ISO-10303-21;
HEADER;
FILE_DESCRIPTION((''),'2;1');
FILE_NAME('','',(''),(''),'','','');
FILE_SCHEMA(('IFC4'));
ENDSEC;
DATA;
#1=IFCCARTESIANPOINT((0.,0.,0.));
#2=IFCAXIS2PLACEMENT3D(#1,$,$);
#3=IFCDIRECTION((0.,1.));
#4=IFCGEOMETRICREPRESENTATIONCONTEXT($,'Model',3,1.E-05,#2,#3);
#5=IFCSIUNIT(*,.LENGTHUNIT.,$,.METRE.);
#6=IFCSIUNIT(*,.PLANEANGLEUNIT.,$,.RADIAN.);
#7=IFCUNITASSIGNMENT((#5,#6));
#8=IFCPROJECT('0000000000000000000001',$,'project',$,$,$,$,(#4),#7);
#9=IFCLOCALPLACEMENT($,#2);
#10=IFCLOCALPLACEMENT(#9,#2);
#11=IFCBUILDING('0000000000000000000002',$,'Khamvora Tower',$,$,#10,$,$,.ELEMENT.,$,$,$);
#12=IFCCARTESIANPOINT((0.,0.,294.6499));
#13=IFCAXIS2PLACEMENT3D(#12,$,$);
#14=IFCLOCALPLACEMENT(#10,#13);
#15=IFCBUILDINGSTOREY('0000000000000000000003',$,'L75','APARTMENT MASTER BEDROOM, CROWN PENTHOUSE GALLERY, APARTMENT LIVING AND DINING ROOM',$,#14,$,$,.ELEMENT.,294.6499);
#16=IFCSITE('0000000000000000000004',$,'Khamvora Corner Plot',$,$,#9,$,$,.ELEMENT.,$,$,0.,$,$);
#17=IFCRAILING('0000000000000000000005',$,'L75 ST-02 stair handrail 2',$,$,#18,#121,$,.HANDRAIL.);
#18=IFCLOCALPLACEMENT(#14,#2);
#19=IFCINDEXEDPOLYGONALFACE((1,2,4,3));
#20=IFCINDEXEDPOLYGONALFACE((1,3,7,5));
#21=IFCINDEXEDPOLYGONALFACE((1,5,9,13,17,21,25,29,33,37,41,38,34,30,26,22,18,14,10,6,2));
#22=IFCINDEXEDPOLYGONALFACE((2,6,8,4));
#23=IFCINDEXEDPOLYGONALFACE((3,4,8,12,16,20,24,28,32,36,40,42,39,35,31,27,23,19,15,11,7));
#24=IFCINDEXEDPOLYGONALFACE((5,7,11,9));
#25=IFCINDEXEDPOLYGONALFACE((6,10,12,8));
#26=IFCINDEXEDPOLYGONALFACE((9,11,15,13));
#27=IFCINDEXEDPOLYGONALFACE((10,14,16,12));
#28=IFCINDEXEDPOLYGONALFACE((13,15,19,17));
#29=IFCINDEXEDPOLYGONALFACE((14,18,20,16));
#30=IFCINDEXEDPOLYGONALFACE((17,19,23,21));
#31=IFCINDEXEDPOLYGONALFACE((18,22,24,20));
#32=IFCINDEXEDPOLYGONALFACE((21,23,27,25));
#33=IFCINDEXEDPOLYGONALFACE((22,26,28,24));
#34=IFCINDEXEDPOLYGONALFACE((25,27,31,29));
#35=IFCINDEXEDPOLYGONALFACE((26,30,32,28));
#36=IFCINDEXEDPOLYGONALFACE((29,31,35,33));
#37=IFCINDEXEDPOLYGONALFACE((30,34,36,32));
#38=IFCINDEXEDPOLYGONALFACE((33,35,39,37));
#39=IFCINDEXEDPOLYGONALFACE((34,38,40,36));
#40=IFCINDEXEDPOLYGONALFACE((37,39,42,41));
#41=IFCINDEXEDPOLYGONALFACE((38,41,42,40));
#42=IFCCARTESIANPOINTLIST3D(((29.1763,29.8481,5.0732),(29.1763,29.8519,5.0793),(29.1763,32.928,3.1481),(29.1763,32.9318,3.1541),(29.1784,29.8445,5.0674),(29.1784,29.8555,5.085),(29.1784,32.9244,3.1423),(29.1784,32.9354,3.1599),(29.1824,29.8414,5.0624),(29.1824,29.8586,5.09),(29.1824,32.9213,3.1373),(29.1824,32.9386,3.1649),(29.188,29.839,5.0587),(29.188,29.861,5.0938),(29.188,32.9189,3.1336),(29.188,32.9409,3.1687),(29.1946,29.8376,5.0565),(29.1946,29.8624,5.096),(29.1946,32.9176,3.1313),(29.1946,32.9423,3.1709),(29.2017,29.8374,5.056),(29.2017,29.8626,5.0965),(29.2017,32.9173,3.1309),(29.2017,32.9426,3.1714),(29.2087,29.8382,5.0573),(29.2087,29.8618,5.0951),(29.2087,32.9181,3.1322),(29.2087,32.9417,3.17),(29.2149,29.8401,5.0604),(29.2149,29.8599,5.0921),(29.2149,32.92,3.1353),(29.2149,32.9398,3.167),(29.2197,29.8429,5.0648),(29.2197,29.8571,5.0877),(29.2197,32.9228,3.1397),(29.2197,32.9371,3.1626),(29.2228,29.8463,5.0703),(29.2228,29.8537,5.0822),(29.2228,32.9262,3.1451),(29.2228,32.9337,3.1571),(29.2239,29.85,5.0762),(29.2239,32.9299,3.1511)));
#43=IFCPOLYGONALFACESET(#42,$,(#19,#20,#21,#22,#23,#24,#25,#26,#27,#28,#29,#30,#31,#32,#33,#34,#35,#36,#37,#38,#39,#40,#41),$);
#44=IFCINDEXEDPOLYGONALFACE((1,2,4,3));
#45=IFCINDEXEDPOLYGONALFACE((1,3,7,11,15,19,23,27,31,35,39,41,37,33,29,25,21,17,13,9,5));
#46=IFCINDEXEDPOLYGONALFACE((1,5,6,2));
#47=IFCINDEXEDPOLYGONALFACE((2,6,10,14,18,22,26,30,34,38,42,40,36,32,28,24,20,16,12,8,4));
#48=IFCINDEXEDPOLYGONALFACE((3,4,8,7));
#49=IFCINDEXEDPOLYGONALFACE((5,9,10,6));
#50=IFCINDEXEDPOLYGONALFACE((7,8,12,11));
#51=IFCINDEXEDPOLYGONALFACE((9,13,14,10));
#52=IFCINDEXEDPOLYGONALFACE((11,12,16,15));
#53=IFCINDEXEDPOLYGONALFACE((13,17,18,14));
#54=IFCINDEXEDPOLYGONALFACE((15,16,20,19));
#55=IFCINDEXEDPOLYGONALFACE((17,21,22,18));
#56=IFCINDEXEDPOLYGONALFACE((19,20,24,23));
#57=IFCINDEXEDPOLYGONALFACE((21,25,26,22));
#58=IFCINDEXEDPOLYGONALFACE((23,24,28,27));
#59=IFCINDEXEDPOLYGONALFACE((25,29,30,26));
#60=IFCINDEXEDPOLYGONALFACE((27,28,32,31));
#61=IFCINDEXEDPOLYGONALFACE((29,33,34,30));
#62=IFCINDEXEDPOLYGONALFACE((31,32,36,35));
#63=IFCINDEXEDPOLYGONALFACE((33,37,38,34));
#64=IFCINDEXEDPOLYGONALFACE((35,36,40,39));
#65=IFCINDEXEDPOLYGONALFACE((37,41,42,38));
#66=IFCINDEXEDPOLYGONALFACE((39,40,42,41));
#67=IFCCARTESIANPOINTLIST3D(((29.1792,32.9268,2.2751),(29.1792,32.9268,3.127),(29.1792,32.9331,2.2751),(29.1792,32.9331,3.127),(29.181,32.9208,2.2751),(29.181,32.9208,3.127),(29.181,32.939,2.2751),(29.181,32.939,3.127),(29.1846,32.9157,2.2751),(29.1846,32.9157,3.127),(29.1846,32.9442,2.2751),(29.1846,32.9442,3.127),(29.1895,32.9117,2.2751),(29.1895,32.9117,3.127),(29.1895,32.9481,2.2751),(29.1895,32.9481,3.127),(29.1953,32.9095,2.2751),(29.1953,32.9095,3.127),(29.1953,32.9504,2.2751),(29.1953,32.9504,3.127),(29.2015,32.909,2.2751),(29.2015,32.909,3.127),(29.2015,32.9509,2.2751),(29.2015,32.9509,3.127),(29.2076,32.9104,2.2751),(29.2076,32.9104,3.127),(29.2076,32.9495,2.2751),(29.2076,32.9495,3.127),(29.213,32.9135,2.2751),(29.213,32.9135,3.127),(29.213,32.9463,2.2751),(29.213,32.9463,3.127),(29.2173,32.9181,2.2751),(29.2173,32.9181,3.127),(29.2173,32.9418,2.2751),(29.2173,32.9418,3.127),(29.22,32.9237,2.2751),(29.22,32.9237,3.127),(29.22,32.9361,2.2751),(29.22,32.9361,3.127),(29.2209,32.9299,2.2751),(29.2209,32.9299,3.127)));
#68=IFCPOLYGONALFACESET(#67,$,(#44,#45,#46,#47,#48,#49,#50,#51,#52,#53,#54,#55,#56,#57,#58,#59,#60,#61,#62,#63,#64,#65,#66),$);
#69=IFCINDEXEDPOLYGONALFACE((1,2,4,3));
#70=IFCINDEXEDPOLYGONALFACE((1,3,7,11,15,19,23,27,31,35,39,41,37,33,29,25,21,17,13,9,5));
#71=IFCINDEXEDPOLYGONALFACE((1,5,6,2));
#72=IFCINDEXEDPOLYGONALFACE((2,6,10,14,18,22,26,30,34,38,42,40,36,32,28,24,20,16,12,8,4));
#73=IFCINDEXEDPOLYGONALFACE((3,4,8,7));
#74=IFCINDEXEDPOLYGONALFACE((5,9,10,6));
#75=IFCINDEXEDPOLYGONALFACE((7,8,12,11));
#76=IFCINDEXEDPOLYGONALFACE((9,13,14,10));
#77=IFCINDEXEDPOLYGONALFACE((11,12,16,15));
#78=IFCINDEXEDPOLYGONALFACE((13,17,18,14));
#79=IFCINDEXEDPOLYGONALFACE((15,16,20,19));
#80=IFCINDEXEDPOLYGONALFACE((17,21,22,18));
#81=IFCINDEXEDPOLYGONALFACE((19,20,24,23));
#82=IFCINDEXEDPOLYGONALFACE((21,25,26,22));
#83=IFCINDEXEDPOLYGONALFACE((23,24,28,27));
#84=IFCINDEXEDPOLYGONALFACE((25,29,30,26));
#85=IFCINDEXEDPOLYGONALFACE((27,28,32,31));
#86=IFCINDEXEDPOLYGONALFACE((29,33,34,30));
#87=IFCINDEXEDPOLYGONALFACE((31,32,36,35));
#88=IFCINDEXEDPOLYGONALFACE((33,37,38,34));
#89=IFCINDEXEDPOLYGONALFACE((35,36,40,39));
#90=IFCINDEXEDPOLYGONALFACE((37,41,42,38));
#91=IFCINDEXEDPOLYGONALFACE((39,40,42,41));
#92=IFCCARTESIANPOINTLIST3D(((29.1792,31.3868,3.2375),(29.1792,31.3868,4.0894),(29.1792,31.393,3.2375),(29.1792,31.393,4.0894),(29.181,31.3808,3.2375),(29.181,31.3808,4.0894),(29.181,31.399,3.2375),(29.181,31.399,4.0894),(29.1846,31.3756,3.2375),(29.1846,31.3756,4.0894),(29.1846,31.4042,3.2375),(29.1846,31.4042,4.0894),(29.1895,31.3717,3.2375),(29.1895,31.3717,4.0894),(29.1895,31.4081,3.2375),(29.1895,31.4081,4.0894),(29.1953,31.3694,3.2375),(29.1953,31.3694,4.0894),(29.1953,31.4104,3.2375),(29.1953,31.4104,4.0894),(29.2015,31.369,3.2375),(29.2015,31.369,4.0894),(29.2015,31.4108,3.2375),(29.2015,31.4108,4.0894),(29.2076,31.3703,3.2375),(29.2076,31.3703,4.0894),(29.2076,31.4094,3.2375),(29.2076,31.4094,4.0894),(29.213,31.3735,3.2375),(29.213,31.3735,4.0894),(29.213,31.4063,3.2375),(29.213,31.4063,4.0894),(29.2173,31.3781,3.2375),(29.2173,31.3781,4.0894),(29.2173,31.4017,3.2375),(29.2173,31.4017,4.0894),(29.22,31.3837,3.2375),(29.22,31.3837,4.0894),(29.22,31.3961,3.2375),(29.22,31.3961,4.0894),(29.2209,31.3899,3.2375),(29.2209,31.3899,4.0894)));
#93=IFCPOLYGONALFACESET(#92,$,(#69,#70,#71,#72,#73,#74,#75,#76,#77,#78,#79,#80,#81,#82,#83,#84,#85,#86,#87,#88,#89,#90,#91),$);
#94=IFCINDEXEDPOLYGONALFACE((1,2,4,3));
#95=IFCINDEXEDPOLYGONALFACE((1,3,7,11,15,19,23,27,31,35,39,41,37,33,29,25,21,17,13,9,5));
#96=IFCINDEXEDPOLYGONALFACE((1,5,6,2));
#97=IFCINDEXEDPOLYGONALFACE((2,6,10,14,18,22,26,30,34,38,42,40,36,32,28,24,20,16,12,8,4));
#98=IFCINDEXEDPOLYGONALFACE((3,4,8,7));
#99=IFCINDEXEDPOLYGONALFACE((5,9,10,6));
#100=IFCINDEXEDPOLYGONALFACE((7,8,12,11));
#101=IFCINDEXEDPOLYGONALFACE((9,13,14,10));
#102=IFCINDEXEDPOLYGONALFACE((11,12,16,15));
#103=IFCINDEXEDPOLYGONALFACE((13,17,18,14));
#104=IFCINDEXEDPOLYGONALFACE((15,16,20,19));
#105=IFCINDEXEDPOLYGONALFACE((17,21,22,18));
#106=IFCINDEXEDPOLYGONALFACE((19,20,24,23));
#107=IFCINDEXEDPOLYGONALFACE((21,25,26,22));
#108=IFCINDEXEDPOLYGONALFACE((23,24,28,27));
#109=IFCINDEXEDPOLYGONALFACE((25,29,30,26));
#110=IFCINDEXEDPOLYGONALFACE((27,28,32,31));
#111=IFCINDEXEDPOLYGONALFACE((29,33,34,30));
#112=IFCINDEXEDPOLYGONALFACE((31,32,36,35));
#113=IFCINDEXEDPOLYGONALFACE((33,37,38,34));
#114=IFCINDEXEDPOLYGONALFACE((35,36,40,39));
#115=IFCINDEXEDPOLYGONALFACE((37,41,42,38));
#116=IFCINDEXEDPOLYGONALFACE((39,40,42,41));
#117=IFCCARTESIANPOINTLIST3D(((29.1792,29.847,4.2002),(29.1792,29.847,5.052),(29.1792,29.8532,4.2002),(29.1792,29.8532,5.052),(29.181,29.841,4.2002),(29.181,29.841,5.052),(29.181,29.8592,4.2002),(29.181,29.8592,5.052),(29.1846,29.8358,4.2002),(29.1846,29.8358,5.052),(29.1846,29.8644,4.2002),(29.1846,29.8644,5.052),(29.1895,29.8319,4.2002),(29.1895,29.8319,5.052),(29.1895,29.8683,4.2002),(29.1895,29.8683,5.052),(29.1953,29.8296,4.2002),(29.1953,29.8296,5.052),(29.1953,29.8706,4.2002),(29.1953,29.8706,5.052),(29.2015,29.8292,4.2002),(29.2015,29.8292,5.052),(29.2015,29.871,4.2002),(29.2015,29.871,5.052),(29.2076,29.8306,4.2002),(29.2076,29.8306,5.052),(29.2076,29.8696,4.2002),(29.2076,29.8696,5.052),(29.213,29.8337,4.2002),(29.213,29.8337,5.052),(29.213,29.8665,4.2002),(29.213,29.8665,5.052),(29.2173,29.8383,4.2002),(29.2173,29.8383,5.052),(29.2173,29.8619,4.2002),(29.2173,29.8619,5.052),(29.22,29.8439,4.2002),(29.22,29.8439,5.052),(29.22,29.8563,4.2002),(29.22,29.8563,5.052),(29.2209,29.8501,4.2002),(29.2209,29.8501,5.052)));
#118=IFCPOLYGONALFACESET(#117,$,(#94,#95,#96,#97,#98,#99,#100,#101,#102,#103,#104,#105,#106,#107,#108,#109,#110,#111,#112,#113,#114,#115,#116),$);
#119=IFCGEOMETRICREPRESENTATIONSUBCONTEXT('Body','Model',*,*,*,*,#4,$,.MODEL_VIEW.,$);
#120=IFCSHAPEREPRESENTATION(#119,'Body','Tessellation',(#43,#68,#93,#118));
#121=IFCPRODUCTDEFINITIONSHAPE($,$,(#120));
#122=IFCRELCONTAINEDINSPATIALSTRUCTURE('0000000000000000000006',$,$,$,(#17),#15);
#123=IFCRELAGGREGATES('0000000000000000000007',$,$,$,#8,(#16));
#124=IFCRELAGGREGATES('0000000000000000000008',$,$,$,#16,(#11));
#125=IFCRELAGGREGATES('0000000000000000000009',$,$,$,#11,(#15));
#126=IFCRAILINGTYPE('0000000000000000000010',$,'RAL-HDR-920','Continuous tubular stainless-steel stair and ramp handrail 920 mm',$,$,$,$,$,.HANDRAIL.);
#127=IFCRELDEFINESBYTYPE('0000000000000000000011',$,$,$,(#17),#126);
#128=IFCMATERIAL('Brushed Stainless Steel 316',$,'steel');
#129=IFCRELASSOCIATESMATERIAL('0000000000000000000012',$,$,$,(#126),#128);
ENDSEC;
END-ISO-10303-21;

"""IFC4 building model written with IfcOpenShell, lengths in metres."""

from ifc_helpers import new_model, si_unit, direction, frame, origin, origin_2d, place, context, subcontext, project, spatial, circle, extrude, material, type_object, element, save


model = new_model("IFC4")

# Units and contexts
model_context = context("Model", 3, precision=1e-05, world=origin(), true_north=direction((0.0, 1.0)))
body_context = subcontext(model_context, "Body", "Model", "MODEL_VIEW")
ifc_project = project(units=[si_unit("LENGTHUNIT", "METRE"), si_unit("PLANEANGLEUNIT", "RADIAN")], contexts=[model_context])

# Site, building, storey
site_placement = place(None, origin())
site = spatial("IfcSite", under=ifc_project, at=site_placement, Name="Khamvora Corner Plot", CompositionType="ELEMENT", RefElevation=0.0)
building_placement = place(site_placement, origin())
building = spatial("IfcBuilding", under=site, at=building_placement, Name="Khamvora Tower", CompositionType="ELEMENT")
storey_placement = place(building_placement, frame((0.0, 0.0, 294.6499)))
storey = spatial("IfcBuildingStorey", under=building, at=storey_placement, Name="L75", Description="APARTMENT MASTER BEDROOM, CROWN PENTHOUSE GALLERY, APARTMENT LIVING AND DINING ROOM", CompositionType="ELEMENT", Elevation=294.6499)

# Railing
ifc_material_1 = material(Name="Brushed Stainless Steel 316", Category="steel")
railing_type_1 = type_object("IfcRailingType", Name="RAL-HDR-920", Description="Continuous tubular stainless-steel stair and ramp handrail 920 mm", PredefinedType="HANDRAIL", material=ifc_material_1)
railing_1_placement = place(storey_placement, frame((29.2, 32.9299, 2.2751)))
element("IfcRailing", 1, at=railing_1_placement, inside=storey, type_object=railing_type_1, Name="L75 ST-02 stair handrail 2", PredefinedType="HANDRAIL", context=body_context, shape_type="SweptSolid", body=[
    extrude(circle(Radius=0.0239, at=origin_2d()), frame((0.0, 0.0, 0.876), z_axis=(0.0, -0.847979, 0.530029), x_axis=(1.0, 0.0, 0.0)), (0.0, 0.0, 1.0), 3.6321),
    extrude(circle(Radius=0.021, at=origin_2d()), origin(), (0.0, 0.0, 1.0), 0.8518),
    extrude(circle(Radius=0.021, at=origin_2d()), frame((0.0, -1.54, 0.9624)), (0.0, 0.0, 1.0), 0.8518),
    extrude(circle(Radius=0.021, at=origin_2d()), frame((0.0, -3.0798, 1.925)), (0.0, 0.0, 1.0), 0.8518),
])

save(model, "model.ifc")
